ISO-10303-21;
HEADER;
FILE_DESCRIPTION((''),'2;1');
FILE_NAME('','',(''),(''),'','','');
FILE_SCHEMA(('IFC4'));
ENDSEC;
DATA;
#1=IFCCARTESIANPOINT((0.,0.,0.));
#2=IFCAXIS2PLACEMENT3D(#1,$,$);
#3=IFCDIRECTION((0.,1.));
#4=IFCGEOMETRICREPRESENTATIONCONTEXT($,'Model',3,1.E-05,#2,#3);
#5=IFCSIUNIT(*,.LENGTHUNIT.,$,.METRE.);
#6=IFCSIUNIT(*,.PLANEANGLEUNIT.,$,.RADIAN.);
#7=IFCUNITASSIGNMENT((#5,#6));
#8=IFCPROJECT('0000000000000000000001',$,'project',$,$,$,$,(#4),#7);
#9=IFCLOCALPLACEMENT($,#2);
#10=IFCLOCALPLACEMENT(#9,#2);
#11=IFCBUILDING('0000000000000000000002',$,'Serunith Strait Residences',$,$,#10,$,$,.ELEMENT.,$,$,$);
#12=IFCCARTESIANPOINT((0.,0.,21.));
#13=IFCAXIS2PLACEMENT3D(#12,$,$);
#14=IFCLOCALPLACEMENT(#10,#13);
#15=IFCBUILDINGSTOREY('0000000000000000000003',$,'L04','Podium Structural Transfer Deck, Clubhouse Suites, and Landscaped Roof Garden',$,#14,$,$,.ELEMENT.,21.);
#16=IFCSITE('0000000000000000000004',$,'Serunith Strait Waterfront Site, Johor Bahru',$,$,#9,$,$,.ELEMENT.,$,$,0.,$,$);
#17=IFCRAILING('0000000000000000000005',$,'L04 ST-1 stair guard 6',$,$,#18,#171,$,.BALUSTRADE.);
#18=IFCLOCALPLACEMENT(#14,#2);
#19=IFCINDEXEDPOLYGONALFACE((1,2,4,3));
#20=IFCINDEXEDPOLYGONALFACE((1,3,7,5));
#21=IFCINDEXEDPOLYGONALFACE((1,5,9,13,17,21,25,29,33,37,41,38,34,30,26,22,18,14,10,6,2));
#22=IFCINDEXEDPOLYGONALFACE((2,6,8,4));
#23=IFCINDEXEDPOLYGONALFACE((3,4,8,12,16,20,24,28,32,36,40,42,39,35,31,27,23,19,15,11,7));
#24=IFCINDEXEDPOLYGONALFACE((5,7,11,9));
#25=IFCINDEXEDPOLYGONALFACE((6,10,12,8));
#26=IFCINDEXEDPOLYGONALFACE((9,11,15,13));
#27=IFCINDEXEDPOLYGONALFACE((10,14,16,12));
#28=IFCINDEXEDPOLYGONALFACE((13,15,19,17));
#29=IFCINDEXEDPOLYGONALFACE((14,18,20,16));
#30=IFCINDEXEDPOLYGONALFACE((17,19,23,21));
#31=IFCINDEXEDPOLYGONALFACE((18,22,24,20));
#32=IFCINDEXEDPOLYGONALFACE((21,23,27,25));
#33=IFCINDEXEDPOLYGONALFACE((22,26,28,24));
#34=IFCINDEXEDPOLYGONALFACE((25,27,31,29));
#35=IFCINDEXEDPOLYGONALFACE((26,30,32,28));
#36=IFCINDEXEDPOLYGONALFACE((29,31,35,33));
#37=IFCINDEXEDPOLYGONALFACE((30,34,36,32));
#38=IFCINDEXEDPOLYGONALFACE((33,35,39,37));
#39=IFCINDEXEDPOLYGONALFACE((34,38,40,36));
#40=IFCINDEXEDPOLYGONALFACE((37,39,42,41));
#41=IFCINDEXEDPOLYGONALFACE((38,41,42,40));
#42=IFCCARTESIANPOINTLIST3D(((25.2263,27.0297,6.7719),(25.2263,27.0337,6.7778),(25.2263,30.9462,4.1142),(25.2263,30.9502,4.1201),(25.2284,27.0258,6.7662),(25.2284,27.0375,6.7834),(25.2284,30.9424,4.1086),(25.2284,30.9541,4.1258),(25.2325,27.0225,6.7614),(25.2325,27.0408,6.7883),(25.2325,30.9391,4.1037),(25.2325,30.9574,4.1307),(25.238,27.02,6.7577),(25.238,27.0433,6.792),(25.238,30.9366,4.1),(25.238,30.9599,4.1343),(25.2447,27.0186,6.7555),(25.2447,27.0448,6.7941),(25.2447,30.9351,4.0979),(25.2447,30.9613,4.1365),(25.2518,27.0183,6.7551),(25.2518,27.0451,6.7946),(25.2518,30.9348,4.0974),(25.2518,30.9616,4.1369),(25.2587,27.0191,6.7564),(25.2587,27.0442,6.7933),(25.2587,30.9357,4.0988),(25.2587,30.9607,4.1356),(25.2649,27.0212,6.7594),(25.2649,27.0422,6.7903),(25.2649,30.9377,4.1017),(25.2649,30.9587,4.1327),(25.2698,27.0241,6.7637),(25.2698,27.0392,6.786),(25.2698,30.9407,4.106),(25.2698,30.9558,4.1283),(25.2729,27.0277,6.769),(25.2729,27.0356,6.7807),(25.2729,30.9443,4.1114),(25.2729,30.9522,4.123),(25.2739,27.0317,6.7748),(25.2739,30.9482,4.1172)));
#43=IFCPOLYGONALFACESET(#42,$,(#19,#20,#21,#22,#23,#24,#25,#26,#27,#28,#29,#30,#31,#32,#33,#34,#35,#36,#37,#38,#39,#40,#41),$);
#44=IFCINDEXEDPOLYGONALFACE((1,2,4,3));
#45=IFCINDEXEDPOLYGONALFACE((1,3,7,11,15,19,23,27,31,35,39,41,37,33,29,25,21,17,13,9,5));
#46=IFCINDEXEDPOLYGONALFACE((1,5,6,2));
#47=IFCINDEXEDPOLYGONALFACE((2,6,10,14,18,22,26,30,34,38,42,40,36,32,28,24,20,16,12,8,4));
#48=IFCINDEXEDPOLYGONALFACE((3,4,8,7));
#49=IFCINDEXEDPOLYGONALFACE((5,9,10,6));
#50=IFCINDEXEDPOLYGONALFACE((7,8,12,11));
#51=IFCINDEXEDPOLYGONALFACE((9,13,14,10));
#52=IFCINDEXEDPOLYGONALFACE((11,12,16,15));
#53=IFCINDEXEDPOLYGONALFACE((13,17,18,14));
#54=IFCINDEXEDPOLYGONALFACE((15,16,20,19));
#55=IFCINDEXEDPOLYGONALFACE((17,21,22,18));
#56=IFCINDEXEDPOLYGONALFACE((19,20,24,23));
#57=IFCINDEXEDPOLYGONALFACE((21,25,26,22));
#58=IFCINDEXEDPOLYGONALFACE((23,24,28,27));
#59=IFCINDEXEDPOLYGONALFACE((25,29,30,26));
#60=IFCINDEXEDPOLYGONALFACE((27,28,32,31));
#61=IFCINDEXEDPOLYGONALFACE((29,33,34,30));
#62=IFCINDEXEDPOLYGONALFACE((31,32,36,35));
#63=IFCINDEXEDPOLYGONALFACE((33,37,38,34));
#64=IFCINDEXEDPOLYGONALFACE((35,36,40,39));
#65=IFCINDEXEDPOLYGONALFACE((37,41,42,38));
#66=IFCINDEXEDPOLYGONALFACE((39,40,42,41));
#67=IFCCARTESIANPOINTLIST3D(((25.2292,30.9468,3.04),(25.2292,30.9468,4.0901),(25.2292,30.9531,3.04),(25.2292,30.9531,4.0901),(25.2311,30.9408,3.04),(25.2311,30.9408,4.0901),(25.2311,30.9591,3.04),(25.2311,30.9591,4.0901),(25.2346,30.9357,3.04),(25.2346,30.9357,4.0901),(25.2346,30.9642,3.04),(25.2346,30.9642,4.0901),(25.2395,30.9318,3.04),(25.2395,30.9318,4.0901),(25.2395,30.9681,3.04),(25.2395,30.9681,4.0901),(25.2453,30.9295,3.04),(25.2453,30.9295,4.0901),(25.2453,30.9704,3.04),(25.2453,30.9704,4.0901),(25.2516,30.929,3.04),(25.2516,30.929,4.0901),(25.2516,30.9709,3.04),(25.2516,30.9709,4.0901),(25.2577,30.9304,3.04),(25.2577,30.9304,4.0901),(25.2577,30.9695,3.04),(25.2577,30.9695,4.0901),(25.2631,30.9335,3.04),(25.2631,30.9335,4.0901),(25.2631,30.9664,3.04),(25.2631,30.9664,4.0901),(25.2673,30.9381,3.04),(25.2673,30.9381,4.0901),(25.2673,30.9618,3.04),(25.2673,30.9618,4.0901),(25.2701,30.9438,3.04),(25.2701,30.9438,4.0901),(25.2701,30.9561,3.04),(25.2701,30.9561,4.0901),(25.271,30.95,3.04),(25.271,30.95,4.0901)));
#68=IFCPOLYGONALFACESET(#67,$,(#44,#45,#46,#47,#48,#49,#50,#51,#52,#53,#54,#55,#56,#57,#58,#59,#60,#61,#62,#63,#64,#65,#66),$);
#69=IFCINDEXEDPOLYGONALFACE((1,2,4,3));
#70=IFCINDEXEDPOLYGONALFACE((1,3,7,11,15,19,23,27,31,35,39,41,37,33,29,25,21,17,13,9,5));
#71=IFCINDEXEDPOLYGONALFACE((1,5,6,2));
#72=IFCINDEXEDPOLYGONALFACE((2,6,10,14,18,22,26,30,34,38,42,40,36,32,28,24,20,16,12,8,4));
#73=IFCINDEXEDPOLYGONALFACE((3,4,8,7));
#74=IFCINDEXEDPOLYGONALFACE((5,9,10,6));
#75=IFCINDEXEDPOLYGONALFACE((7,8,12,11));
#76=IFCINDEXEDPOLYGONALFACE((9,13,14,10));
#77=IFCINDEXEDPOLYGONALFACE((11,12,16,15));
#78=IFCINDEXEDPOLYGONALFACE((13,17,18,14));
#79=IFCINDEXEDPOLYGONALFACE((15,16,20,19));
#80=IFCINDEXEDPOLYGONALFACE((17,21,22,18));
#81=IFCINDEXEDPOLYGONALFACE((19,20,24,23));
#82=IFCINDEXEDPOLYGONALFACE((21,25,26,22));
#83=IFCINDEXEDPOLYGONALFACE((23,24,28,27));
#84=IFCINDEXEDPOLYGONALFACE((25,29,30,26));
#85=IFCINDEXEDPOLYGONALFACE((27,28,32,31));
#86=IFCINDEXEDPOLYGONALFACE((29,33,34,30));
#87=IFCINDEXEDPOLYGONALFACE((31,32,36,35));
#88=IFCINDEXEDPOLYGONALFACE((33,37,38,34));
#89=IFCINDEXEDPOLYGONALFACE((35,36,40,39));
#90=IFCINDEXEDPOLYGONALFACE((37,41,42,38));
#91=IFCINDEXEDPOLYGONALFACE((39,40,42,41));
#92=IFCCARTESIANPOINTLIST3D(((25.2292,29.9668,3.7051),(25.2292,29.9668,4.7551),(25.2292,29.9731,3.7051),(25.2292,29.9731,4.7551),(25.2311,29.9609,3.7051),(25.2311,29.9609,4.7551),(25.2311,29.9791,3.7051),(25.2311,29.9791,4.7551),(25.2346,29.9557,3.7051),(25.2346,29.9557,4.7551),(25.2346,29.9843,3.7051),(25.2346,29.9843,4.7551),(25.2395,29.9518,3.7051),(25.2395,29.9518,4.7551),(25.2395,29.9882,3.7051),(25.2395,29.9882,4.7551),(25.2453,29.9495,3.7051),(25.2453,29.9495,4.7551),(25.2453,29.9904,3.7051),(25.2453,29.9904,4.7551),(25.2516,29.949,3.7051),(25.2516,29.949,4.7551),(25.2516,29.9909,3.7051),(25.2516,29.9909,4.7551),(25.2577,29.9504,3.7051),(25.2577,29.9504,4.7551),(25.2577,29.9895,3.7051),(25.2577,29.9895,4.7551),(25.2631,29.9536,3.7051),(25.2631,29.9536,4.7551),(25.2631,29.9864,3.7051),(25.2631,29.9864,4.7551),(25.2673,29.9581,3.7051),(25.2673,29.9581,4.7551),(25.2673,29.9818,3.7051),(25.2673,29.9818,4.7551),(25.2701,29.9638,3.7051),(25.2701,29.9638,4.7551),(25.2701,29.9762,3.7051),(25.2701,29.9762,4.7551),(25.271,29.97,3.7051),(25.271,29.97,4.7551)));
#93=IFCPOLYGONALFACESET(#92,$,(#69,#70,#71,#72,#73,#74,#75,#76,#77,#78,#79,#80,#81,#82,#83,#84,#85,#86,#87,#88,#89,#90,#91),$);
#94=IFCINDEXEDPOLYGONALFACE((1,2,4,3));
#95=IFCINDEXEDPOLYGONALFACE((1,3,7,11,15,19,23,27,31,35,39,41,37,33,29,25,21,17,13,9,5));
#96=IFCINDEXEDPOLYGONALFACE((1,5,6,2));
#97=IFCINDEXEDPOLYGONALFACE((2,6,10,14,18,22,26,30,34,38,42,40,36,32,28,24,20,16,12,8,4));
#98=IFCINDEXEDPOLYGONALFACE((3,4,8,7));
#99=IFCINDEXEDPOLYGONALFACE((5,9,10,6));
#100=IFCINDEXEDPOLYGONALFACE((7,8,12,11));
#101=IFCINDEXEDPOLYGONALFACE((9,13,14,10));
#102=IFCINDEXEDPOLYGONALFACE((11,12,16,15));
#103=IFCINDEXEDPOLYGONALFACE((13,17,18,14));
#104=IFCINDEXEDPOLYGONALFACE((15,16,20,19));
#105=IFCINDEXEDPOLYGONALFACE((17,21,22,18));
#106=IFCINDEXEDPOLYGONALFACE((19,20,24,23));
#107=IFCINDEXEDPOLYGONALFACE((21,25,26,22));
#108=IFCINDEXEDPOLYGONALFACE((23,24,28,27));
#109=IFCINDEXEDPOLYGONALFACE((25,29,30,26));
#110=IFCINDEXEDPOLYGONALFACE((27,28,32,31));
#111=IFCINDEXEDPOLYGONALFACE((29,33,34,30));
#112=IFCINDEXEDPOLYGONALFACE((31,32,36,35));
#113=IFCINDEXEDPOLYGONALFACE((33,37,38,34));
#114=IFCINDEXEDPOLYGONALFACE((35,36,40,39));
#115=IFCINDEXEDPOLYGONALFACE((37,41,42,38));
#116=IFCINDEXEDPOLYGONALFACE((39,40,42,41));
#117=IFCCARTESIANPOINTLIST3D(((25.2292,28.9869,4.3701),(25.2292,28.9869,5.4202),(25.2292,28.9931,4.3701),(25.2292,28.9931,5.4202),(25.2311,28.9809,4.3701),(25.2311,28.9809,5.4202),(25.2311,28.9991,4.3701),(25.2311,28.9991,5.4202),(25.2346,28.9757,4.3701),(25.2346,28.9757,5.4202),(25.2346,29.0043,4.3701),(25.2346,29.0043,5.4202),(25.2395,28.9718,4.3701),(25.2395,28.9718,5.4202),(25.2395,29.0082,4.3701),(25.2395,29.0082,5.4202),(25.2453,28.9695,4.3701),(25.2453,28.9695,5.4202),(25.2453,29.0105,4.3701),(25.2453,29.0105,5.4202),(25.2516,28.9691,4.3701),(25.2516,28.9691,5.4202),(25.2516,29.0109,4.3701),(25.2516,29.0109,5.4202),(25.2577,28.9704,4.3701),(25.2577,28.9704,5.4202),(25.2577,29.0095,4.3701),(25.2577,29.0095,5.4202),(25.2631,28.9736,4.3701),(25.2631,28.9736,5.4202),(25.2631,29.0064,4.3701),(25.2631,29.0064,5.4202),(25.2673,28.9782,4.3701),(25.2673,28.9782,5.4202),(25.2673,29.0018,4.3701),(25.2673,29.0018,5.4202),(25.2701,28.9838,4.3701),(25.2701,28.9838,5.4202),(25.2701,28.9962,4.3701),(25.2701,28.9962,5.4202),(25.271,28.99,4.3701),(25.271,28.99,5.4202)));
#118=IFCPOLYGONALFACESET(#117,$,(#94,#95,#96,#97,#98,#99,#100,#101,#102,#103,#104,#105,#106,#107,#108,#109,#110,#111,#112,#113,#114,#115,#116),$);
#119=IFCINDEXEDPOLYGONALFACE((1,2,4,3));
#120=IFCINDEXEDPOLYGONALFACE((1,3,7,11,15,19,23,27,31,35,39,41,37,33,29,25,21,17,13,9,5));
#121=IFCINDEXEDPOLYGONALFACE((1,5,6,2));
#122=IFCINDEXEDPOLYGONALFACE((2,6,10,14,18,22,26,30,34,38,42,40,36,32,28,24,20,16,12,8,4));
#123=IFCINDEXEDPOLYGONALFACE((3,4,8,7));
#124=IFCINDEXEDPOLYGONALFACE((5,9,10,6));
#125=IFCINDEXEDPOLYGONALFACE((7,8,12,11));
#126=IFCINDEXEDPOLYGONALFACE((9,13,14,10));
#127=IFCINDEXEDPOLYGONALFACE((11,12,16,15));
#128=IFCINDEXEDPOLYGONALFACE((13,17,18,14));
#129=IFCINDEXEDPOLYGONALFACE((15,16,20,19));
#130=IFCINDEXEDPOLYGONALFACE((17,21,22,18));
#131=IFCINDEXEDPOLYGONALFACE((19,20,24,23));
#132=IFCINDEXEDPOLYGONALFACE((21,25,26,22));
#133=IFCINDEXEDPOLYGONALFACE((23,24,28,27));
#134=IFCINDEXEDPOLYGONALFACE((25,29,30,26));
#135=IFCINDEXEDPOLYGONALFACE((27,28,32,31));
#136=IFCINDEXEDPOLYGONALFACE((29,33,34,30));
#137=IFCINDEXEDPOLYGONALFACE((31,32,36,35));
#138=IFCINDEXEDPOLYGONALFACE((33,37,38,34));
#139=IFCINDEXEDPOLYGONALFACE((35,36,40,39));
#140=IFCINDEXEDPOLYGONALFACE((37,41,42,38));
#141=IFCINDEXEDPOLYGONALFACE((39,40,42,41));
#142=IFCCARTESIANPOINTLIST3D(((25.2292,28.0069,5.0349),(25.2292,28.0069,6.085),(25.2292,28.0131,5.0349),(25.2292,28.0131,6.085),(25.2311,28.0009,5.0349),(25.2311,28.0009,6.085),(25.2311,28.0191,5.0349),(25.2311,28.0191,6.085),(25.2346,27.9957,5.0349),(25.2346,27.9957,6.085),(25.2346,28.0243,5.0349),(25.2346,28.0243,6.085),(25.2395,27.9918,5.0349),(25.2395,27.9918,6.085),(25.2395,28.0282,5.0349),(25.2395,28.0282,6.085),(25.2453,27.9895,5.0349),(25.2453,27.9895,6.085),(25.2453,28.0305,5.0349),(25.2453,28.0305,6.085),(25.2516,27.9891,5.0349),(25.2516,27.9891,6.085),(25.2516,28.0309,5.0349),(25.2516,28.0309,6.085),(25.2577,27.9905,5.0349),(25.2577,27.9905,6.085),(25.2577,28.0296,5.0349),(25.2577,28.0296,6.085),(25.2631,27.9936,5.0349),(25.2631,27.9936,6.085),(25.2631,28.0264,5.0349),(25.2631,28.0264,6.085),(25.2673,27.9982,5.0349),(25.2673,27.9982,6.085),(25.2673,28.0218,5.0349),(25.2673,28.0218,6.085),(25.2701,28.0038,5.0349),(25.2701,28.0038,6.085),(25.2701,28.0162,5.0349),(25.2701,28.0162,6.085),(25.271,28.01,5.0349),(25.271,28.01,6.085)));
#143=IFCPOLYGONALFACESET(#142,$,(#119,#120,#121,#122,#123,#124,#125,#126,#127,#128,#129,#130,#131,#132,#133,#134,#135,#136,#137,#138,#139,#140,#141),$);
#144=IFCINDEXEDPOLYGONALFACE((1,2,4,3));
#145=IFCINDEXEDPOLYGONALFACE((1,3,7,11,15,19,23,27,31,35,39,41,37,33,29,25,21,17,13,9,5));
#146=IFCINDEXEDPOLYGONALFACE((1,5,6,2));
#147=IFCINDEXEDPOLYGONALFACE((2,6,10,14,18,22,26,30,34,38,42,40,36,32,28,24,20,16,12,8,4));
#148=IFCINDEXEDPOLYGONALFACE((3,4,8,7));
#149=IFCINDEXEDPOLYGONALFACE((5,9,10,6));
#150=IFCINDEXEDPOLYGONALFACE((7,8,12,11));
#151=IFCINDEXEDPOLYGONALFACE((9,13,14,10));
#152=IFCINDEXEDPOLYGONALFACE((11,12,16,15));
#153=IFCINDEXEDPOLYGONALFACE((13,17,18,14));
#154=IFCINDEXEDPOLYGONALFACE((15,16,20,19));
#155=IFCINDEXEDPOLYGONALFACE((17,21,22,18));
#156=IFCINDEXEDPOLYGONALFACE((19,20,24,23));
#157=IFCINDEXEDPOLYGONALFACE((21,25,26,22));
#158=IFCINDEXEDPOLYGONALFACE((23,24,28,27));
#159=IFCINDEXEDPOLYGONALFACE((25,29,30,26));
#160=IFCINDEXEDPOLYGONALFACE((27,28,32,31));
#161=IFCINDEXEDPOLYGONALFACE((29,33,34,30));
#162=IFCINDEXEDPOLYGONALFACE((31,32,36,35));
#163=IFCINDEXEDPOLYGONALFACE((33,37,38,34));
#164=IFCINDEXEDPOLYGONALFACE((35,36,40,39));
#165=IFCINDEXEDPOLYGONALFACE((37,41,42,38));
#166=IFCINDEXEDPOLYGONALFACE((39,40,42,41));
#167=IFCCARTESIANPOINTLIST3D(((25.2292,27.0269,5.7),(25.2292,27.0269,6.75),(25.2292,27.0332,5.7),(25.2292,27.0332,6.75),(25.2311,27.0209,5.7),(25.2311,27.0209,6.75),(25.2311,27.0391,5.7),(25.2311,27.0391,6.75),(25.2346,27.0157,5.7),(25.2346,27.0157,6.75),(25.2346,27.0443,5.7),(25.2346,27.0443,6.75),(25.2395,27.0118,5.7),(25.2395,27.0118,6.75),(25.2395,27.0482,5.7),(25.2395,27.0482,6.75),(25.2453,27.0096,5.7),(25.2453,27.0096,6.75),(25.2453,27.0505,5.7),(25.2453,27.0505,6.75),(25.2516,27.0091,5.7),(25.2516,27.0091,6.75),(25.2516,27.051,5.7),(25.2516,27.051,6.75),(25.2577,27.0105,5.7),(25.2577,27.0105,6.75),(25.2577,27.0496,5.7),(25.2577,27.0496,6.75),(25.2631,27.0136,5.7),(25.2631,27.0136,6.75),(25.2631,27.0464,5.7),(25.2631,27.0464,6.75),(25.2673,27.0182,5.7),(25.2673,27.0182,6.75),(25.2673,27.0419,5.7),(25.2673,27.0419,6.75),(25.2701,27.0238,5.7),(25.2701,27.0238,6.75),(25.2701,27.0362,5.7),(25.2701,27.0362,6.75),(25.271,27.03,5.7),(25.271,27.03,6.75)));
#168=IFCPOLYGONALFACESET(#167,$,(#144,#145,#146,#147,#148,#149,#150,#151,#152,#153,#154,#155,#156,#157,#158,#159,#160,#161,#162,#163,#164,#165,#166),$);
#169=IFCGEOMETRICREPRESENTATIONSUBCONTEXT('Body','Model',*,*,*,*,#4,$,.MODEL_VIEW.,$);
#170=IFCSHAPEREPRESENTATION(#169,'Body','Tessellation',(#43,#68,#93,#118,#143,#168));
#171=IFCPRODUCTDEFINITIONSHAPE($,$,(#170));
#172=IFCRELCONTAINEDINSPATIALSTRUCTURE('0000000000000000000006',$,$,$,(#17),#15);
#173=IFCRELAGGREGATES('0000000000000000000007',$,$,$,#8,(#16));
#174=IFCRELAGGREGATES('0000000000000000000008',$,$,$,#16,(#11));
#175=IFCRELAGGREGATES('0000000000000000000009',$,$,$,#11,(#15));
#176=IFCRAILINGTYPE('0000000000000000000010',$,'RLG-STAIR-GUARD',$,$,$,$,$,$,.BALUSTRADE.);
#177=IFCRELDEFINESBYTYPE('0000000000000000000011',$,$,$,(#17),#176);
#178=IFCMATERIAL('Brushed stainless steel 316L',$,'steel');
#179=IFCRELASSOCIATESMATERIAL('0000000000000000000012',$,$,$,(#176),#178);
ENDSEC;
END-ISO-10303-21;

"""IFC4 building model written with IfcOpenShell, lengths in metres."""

from ifc_helpers import new_model, si_unit, direction, frame, origin, origin_2d, place, context, subcontext, project, spatial, circle, extrude, material, type_object, element, save


model = new_model("IFC4")

# Units and contexts
model_context = context("Model", 3, precision=1e-05, world=origin(), true_north=direction((0.0, 1.0)))
body_context = subcontext(model_context, "Body", "Model", "MODEL_VIEW")
ifc_project = project(units=[si_unit("LENGTHUNIT", "METRE"), si_unit("PLANEANGLEUNIT", "RADIAN")], contexts=[model_context])

# Site, building, storey
site_placement = place(None, origin())
site = spatial("IfcSite", under=ifc_project, at=site_placement, Name="Serunith Strait Waterfront Site, Johor Bahru", CompositionType="ELEMENT", RefElevation=0.0)
building_placement = place(site_placement, origin())
building = spatial("IfcBuilding", under=site, at=building_placement, Name="Serunith Strait Residences", CompositionType="ELEMENT")
storey_placement = place(building_placement, frame((0.0, 0.0, 21.0)))
storey = spatial("IfcBuildingStorey", under=building, at=storey_placement, Name="L04", Description="Podium Structural Transfer Deck, Clubhouse Suites, and Landscaped Roof Garden", CompositionType="ELEMENT", Elevation=21.0)

# Railing
ifc_material_1 = material(Name="Brushed stainless steel 316L", Category="steel")
railing_type_1 = type_object("IfcRailingType", Name="RLG-STAIR-GUARD", PredefinedType="BALUSTRADE", material=ifc_material_1)
railing_1_placement = place(storey_placement, frame((25.25, 30.95, 3.04)))
element("IfcRailing", 1, at=railing_1_placement, inside=storey, type_object=railing_type_1, Name="L04 ST-1 stair guard 6", PredefinedType="BALUSTRADE", context=body_context, shape_type="SweptSolid", body=[
    extrude(circle(Radius=0.0239, at=origin_2d()), frame((0.0, -0.0017, 1.0771), z_axis=(0.0, -0.827479, 0.561496), x_axis=(1.0, 0.0, 0.0)), (0.0, 0.0, 1.0), 4.7332),
    extrude(circle(Radius=0.021, at=origin_2d()), origin(), (0.0, 0.0, 1.0), 1.05),
    extrude(circle(Radius=0.021, at=origin_2d()), frame((0.0, -0.98, 0.665)), (0.0, 0.0, 1.0), 1.05),
    extrude(circle(Radius=0.021, at=origin_2d()), frame((0.0, -1.96, 1.3301)), (0.0, 0.0, 1.0), 1.05),
    extrude(circle(Radius=0.021, at=origin_2d()), frame((0.0, -2.9399, 1.9949)), (0.0, 0.0, 1.0), 1.05),
    extrude(circle(Radius=0.021, at=origin_2d()), frame((0.0, -3.9199, 2.6599)), (0.0, 0.0, 1.0), 1.05),
])

save(model, "model.ifc")
